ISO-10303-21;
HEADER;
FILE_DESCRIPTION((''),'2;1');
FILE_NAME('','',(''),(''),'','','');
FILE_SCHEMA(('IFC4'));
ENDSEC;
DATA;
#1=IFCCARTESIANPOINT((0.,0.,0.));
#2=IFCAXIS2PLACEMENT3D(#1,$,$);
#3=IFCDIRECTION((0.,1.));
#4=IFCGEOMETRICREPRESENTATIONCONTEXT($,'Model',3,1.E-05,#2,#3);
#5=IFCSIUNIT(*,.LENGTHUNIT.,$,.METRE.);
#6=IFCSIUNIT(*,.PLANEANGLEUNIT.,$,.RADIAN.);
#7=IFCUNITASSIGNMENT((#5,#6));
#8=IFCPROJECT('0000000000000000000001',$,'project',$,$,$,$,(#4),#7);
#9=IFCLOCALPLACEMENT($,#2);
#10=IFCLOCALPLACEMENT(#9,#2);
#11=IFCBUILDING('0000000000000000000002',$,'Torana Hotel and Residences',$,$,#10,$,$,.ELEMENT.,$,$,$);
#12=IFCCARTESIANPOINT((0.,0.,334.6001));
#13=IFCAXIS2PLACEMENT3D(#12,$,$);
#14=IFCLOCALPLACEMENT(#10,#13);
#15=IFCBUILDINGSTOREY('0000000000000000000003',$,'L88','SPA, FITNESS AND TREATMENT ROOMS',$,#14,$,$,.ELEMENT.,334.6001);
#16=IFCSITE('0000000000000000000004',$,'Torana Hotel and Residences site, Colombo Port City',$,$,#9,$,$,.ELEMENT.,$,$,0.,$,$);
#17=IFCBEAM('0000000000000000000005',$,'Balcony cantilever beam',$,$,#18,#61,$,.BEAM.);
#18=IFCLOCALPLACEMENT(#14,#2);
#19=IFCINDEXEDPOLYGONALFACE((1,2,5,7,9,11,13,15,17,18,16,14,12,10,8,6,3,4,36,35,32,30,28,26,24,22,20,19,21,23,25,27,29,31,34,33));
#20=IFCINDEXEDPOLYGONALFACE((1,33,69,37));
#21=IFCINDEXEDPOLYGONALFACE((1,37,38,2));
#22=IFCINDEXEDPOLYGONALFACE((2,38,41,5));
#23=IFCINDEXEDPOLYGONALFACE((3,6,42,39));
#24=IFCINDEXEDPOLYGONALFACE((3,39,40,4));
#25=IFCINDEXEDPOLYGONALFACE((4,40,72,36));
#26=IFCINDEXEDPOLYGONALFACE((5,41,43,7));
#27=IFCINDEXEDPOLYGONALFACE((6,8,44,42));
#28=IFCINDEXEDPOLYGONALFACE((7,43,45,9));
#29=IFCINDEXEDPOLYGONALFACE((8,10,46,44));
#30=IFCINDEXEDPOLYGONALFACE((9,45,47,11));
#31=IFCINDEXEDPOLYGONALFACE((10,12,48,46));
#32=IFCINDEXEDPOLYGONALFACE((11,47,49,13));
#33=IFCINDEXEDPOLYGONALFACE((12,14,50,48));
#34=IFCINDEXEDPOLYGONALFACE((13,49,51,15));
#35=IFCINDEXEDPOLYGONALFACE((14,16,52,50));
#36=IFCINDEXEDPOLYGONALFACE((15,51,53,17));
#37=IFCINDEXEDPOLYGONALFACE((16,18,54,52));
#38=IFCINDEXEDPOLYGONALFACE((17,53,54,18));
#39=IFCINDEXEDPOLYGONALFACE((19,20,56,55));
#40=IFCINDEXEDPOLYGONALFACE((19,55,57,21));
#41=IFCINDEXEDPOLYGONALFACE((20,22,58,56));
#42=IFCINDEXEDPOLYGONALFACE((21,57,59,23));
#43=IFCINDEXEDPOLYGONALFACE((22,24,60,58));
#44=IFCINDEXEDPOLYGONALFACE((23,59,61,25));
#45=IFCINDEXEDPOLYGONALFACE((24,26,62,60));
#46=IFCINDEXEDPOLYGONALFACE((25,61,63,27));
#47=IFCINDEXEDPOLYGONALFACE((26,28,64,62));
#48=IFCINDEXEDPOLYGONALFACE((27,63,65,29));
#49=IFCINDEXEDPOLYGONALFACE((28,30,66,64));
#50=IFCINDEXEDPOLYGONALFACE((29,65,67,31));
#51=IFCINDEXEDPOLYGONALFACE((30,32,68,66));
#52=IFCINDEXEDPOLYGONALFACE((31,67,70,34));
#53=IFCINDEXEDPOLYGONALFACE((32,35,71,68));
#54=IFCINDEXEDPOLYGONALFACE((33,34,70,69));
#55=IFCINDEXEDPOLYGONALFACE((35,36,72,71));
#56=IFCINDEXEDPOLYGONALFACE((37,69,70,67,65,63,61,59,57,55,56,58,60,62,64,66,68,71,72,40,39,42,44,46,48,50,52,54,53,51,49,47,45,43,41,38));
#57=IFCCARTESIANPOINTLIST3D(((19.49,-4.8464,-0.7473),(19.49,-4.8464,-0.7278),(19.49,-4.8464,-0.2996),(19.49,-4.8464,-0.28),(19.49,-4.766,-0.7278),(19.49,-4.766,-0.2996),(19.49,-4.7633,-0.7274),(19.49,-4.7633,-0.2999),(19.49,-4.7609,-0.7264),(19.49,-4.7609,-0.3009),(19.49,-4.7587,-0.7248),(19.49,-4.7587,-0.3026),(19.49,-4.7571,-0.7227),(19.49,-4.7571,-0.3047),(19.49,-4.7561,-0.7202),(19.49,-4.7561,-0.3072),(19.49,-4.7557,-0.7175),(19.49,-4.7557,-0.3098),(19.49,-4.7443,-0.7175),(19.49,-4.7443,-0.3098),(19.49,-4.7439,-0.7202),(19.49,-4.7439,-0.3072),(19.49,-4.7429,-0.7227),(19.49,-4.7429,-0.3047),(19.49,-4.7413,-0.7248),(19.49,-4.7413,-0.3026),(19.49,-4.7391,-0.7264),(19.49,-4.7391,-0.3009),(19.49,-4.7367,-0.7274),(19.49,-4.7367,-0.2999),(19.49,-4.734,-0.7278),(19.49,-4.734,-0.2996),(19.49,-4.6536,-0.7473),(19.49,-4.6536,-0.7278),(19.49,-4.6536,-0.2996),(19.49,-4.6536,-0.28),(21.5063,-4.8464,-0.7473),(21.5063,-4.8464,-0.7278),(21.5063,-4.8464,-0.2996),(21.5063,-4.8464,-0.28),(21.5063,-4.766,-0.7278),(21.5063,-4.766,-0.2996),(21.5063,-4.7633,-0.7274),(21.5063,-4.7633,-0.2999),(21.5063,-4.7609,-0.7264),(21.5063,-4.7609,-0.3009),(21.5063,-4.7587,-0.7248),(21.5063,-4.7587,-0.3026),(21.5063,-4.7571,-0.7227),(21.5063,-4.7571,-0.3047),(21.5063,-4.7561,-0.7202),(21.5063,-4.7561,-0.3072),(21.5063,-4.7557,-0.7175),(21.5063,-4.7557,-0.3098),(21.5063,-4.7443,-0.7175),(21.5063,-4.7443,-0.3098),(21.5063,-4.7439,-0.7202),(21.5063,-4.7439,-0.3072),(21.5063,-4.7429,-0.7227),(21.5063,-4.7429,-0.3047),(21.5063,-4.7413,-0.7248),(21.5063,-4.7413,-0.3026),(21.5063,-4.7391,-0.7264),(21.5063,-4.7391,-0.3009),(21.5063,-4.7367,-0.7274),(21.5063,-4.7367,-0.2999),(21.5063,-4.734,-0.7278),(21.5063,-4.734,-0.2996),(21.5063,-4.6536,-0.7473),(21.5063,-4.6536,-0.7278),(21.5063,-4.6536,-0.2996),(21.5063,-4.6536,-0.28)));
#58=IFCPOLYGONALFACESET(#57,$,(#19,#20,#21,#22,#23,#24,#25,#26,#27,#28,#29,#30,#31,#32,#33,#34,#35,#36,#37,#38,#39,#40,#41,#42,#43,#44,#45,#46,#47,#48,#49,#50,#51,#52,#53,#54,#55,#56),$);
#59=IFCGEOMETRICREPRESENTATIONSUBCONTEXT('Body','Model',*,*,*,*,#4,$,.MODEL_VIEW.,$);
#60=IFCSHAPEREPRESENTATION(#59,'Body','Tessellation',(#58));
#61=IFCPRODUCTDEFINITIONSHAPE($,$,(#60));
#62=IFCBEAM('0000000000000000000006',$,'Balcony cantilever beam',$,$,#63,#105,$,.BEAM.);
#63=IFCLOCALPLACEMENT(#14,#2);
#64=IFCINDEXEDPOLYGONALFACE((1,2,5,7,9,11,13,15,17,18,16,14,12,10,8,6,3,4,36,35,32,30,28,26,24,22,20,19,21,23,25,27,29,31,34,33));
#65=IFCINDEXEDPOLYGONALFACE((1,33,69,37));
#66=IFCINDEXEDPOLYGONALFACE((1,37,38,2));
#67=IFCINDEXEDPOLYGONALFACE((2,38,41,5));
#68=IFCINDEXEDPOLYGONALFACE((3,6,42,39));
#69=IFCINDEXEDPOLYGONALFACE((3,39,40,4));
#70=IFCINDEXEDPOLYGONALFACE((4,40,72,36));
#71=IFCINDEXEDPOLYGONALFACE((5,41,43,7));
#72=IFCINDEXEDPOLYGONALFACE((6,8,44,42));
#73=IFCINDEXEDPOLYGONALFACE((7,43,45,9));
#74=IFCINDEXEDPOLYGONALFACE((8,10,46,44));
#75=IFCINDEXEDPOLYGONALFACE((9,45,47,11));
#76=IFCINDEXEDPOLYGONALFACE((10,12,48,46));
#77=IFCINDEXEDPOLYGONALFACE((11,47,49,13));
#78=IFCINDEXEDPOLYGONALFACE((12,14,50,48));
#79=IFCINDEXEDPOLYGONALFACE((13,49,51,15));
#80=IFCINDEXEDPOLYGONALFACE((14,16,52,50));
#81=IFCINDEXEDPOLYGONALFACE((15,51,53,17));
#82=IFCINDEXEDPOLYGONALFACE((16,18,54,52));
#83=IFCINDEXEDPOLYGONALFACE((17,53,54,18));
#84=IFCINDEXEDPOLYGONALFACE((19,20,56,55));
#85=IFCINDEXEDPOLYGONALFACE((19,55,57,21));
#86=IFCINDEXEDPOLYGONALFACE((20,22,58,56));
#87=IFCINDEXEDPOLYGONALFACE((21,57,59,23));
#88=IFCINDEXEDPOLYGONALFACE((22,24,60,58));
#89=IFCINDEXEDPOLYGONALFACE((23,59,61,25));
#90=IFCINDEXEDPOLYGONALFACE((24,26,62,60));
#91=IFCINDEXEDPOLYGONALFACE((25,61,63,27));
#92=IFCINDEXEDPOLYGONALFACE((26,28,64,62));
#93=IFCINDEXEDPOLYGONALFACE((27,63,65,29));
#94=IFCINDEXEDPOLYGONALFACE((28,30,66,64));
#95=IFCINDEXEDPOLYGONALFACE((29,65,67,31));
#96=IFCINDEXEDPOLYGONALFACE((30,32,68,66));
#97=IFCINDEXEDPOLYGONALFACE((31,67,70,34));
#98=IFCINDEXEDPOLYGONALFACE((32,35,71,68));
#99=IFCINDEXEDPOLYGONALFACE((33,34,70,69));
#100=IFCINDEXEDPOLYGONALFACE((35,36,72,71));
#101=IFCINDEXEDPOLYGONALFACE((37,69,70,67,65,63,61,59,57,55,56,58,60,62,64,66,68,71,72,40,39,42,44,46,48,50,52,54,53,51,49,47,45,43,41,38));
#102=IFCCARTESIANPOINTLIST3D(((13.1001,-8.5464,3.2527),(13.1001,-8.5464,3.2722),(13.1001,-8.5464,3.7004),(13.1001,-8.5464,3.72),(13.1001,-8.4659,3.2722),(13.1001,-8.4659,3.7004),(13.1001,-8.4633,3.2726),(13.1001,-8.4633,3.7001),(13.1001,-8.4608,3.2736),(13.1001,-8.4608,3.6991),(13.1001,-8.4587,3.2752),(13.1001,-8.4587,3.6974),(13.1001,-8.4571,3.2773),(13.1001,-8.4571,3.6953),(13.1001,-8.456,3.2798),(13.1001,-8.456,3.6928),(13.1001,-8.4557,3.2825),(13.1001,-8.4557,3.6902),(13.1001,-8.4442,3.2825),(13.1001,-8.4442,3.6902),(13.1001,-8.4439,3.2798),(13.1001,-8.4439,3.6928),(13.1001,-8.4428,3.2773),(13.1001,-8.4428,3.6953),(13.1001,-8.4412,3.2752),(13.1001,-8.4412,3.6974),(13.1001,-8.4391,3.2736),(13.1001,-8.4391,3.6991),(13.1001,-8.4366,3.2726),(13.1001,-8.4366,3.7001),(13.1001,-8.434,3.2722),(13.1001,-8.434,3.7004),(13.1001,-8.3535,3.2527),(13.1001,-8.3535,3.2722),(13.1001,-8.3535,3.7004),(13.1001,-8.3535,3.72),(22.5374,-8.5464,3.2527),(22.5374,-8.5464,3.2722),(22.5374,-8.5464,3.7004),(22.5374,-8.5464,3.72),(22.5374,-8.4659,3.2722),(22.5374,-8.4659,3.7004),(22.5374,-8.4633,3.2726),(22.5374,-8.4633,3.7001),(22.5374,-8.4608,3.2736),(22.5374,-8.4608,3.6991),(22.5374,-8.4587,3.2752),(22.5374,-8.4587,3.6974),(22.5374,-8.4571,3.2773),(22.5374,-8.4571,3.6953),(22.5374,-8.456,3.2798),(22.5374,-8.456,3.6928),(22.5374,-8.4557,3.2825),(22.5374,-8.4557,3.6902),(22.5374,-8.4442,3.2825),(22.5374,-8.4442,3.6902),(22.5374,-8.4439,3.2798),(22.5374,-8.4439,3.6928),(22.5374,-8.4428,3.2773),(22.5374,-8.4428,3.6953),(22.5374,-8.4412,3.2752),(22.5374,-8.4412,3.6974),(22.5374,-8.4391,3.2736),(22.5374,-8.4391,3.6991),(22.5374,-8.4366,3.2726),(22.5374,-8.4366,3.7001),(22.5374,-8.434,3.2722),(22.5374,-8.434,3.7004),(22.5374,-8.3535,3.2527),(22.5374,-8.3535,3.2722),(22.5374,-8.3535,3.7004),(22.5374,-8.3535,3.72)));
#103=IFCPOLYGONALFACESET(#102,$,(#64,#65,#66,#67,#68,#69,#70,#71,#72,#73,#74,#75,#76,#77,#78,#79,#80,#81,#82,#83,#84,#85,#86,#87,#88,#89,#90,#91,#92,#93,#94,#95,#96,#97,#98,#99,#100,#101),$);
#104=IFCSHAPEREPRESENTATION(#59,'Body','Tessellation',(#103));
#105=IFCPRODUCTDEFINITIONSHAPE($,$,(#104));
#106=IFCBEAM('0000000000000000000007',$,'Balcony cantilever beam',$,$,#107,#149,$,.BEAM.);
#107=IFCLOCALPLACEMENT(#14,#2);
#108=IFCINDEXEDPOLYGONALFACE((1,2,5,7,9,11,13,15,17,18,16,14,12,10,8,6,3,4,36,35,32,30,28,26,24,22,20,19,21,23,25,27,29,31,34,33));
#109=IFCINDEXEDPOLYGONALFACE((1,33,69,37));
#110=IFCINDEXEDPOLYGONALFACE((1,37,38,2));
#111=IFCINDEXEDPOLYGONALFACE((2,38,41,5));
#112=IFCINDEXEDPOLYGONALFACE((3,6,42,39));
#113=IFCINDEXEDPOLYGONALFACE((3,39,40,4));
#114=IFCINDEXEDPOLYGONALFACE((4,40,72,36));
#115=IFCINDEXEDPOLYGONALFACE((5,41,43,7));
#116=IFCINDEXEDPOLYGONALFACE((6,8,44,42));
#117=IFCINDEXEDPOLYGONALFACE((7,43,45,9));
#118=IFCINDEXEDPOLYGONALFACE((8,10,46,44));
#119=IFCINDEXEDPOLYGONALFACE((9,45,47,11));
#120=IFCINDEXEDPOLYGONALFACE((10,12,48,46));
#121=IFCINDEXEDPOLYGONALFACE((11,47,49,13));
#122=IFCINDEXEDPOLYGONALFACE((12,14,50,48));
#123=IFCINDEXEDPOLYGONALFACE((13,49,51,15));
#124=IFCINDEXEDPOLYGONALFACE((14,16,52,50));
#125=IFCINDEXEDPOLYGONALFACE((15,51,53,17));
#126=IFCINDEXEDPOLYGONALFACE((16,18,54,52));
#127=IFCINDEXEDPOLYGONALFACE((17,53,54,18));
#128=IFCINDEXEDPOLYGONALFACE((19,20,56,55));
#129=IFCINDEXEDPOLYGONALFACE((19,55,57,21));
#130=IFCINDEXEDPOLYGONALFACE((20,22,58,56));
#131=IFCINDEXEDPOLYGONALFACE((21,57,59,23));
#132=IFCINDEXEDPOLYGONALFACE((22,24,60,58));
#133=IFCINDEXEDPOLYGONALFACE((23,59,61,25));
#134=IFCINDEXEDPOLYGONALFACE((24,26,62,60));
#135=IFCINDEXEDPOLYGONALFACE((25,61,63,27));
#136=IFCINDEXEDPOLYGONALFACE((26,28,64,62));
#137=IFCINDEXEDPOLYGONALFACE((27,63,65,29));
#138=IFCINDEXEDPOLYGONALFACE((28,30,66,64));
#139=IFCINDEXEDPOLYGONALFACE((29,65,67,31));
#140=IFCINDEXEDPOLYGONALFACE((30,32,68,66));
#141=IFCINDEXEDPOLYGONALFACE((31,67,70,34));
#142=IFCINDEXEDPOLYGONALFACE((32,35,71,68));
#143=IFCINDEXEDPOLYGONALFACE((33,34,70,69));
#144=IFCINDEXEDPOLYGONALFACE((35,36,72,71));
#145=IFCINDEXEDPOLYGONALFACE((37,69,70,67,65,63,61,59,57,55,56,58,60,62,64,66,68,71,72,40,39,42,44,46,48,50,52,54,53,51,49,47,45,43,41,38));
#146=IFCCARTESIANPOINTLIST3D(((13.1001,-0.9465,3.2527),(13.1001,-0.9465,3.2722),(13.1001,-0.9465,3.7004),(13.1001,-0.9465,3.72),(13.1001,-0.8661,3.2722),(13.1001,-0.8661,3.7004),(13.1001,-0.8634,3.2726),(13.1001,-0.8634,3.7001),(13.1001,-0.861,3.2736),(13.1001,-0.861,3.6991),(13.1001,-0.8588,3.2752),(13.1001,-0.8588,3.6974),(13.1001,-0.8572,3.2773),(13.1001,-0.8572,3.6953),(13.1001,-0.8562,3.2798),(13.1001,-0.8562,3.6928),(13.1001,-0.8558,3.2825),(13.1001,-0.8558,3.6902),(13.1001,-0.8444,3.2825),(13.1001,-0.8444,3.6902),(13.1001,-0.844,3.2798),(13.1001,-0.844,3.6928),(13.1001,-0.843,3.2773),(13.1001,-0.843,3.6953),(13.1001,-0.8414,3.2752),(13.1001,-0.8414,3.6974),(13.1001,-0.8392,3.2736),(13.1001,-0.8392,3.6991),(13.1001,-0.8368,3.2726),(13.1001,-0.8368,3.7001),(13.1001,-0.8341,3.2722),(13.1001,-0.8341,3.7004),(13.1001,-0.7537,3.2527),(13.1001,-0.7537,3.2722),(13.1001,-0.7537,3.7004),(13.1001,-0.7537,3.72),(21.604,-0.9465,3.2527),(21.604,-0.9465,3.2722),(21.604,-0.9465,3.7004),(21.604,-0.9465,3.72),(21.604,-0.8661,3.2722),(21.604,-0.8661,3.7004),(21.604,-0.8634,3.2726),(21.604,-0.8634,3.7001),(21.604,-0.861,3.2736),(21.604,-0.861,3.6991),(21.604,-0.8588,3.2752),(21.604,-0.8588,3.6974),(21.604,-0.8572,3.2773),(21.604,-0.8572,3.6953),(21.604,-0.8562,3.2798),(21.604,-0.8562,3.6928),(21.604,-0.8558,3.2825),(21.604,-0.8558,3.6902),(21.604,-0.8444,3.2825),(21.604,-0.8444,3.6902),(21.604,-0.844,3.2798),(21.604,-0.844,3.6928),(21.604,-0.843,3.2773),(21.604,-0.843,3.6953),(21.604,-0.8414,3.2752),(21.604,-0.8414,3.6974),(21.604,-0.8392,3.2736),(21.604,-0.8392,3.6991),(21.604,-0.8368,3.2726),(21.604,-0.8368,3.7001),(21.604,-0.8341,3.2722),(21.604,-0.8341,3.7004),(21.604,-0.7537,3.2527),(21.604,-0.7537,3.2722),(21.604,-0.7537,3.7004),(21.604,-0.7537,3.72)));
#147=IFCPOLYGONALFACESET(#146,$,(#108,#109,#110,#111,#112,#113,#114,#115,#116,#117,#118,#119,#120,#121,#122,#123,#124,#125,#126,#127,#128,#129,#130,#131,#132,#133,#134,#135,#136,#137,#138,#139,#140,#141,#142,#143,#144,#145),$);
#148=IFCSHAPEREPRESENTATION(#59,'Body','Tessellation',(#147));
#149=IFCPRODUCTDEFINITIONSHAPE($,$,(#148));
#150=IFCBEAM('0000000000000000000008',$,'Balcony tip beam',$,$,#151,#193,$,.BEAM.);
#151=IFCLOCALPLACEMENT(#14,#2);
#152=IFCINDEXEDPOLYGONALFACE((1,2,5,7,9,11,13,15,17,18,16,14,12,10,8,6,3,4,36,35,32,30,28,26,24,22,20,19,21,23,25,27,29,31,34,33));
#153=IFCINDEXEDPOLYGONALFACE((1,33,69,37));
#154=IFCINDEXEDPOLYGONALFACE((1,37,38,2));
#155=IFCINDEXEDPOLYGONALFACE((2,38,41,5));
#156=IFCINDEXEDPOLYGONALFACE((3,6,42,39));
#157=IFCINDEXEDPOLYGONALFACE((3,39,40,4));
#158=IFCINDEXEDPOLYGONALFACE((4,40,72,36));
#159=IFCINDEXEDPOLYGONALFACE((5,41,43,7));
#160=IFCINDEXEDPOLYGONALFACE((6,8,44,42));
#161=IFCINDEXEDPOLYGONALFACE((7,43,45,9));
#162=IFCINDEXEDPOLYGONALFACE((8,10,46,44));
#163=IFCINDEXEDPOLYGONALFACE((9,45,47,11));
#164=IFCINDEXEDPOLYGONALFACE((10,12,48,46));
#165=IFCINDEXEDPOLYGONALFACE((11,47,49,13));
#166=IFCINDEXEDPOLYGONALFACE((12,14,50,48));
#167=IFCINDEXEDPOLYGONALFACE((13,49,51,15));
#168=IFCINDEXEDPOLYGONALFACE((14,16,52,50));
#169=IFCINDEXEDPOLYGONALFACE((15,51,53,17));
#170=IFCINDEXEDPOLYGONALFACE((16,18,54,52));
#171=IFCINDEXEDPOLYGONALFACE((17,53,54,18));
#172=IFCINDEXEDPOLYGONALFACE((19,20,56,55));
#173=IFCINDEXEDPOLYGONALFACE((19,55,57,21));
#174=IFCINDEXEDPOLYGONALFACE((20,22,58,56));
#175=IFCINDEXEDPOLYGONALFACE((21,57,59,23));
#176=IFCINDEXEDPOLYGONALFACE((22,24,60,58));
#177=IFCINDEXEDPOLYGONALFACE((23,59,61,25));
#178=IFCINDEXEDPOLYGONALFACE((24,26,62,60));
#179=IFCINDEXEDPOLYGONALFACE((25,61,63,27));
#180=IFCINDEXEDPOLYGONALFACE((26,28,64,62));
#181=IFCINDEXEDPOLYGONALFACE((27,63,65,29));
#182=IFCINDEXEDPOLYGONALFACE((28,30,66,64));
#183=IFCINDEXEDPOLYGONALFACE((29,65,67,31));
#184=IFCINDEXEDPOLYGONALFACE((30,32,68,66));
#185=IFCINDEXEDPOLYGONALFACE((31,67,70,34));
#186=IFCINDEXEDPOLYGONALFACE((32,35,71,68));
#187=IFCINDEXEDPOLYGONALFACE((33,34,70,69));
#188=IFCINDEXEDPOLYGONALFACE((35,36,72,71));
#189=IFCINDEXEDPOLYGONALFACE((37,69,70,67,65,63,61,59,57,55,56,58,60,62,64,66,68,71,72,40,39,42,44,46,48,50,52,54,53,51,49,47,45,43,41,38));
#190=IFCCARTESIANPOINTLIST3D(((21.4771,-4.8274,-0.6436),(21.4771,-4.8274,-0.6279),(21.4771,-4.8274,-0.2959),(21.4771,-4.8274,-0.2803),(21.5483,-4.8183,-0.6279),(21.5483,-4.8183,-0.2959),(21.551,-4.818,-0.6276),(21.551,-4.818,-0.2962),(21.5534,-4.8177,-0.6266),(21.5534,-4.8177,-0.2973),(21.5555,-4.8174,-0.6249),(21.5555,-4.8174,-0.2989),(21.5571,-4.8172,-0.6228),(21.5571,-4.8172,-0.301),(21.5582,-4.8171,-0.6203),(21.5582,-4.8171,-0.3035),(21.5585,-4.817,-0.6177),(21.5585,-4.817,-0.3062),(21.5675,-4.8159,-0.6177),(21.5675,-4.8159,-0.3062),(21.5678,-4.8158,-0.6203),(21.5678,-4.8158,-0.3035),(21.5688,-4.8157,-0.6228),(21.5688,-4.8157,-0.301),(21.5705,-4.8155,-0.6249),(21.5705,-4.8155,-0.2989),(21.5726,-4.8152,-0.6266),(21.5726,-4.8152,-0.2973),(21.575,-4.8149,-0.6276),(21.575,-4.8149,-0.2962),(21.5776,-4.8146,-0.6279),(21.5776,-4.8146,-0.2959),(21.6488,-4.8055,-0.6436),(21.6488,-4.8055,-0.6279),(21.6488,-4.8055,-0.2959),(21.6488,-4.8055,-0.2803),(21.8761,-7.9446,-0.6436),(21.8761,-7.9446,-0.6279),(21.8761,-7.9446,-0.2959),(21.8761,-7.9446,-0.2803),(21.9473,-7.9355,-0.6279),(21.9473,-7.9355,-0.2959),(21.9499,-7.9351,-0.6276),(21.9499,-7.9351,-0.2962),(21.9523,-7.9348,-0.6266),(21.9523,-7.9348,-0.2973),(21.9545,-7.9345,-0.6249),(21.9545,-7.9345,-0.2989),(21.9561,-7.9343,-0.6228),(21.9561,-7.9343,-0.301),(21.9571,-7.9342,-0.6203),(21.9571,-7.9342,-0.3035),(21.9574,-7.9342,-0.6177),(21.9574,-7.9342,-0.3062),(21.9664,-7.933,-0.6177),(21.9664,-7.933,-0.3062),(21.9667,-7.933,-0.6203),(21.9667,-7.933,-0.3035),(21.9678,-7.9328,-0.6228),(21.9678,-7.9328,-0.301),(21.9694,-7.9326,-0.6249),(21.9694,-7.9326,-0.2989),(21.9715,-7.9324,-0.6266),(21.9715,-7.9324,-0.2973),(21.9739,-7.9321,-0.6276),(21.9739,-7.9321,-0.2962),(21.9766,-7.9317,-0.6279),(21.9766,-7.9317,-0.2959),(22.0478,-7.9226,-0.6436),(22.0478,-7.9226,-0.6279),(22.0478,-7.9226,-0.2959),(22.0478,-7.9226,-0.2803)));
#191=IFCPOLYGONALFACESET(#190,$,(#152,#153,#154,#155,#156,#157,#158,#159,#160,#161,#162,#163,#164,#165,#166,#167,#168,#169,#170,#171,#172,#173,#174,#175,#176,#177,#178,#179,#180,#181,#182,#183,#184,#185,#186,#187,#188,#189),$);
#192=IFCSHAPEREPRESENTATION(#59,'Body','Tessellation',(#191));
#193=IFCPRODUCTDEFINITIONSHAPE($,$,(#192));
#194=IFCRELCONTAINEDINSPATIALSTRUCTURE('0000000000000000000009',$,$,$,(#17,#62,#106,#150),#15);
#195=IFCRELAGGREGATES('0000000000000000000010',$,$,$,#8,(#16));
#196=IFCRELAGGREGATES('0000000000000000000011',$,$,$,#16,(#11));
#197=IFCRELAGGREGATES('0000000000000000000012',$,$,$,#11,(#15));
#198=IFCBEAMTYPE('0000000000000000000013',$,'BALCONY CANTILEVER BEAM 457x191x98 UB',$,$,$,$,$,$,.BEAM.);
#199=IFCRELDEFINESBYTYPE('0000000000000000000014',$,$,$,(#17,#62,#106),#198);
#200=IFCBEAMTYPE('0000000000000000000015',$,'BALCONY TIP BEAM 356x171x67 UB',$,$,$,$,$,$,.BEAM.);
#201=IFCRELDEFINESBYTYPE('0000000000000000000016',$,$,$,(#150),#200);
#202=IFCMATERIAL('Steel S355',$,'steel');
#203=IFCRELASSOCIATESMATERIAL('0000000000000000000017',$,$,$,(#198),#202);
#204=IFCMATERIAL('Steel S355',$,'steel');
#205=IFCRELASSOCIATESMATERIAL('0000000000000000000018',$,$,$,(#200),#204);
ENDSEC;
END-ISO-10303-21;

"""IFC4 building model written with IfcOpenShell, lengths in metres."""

from ifc_helpers import new_model, si_unit, direction, frame, origin, origin_2d, place, context, subcontext, project, spatial, i_section, extrude, material, material_profile, profile_set, type_object, element, save


model = new_model("IFC4")

# Units and contexts
model_context = context("Model", 3, precision=1e-05, world=origin(), true_north=direction((0.0, 1.0)))
body_context = subcontext(model_context, "Body", "Model", "MODEL_VIEW")
ifc_project = project(units=[si_unit("LENGTHUNIT", "METRE"), si_unit("PLANEANGLEUNIT", "RADIAN")], contexts=[model_context])

# Site, building, storey
site_placement = place(None, origin())
site = spatial("IfcSite", under=ifc_project, at=site_placement, Name="Torana Hotel and Residences site, Colombo Port City", CompositionType="ELEMENT", RefElevation=0.0)
building_placement = place(site_placement, origin())
building = spatial("IfcBuilding", under=site, at=building_placement, Name="Torana Hotel and Residences", CompositionType="ELEMENT")
storey_placement = place(building_placement, frame((0.0, 0.0, 334.6001)))
storey = spatial("IfcBuildingStorey", under=building, at=storey_placement, Name="L88", Description="SPA, FITNESS AND TREATMENT ROOMS", CompositionType="ELEMENT", Elevation=334.6001)

# Beams
ifc_material_1 = material(Name="Steel S355", Category="steel")
ifc_material_profile_1 = material_profile(ifc_material_1, i_section(OverallWidth=0.1929, OverallDepth=0.4673, WebThickness=0.0115, FlangeThickness=0.0195, FilletRadius=0.0103, at=origin_2d()), Name="457x191x98 UB")
ifc_profile_set_1 = profile_set([ifc_material_profile_1], Name="Steel S355")
beam_type_1 = type_object("IfcBeamType", Name="BALCONY CANTILEVER BEAM 457x191x98 UB", PredefinedType="BEAM", material=ifc_profile_set_1)
beam_1_placement = place(storey_placement, frame((19.49, -4.75, -0.5137), z_axis=(1.0, 0.0, 0.0), x_axis=(0.0, 1.0, 0.0)))
element("IfcBeam", 1, at=beam_1_placement, inside=storey, type_object=beam_type_1, Name="Balcony cantilever beam", PredefinedType="BEAM", context=body_context, shape_type="SweptSolid", body=[
    extrude(i_section(OverallWidth=0.1929, OverallDepth=0.4673, WebThickness=0.0115, FlangeThickness=0.0195, FilletRadius=0.0103, at=origin_2d()), origin(), (0.0, 0.0, 1.0), 2.0164),
])
beam_2_placement = place(storey_placement, frame((22.5374, -8.45, 3.4863), z_axis=(-1.0, 0.0, 0.0), x_axis=(0.0, -1.0, 0.0)))
element("IfcBeam", 2, at=beam_2_placement, inside=storey, type_object=beam_type_1, Name="Balcony cantilever beam", PredefinedType="BEAM", context=body_context, shape_type="SweptSolid", body=[
    extrude(i_section(OverallWidth=0.1929, OverallDepth=0.4673, WebThickness=0.0115, FlangeThickness=0.0195, FilletRadius=0.0103, at=origin_2d()), origin(), (0.0, 0.0, 1.0), 9.4373),
])
beam_3_placement = place(storey_placement, frame((21.604, -0.8501, 3.4863), z_axis=(-1.0, 0.0, 0.0), x_axis=(0.0, -1.0, 0.0)))
element("IfcBeam", 3, at=beam_3_placement, inside=storey, type_object=beam_type_1, Name="Balcony cantilever beam", PredefinedType="BEAM", context=body_context, shape_type="SweptSolid", body=[
    extrude(i_section(OverallWidth=0.1929, OverallDepth=0.4673, WebThickness=0.0115, FlangeThickness=0.0195, FilletRadius=0.0103, at=origin_2d()), origin(), (0.0, 0.0, 1.0), 8.5039),
])
ifc_material_2 = material(Name="Steel S355", Category="steel")
ifc_material_profile_2 = material_profile(ifc_material_2, i_section(OverallWidth=0.1731, OverallDepth=0.3633, WebThickness=0.009, FlangeThickness=0.0156, FilletRadius=0.0103, at=origin_2d()), Name="356x171x67 UB")
ifc_profile_set_2 = profile_set([ifc_material_profile_2], Name="Steel S355")
beam_type_2 = type_object("IfcBeamType", Name="BALCONY TIP BEAM 356x171x67 UB", PredefinedType="BEAM", material=ifc_profile_set_2)
beam_4_placement = place(storey_placement, frame((21.9619, -7.9336, -0.4619), z_axis=(-0.126941, 0.99191, 0.0), x_axis=(-0.99191, -0.126941, 0.0)))
element("IfcBeam", 4, at=beam_4_placement, inside=storey, type_object=beam_type_2, Name="Balcony tip beam", PredefinedType="BEAM", context=body_context, shape_type="SweptSolid", body=[
    extrude(i_section(OverallWidth=0.1731, OverallDepth=0.3633, WebThickness=0.009, FlangeThickness=0.0156, FilletRadius=0.0103, at=origin_2d()), origin(), (0.0, 0.0, 1.0), 3.1426),
])

save(model, "model.ifc")
